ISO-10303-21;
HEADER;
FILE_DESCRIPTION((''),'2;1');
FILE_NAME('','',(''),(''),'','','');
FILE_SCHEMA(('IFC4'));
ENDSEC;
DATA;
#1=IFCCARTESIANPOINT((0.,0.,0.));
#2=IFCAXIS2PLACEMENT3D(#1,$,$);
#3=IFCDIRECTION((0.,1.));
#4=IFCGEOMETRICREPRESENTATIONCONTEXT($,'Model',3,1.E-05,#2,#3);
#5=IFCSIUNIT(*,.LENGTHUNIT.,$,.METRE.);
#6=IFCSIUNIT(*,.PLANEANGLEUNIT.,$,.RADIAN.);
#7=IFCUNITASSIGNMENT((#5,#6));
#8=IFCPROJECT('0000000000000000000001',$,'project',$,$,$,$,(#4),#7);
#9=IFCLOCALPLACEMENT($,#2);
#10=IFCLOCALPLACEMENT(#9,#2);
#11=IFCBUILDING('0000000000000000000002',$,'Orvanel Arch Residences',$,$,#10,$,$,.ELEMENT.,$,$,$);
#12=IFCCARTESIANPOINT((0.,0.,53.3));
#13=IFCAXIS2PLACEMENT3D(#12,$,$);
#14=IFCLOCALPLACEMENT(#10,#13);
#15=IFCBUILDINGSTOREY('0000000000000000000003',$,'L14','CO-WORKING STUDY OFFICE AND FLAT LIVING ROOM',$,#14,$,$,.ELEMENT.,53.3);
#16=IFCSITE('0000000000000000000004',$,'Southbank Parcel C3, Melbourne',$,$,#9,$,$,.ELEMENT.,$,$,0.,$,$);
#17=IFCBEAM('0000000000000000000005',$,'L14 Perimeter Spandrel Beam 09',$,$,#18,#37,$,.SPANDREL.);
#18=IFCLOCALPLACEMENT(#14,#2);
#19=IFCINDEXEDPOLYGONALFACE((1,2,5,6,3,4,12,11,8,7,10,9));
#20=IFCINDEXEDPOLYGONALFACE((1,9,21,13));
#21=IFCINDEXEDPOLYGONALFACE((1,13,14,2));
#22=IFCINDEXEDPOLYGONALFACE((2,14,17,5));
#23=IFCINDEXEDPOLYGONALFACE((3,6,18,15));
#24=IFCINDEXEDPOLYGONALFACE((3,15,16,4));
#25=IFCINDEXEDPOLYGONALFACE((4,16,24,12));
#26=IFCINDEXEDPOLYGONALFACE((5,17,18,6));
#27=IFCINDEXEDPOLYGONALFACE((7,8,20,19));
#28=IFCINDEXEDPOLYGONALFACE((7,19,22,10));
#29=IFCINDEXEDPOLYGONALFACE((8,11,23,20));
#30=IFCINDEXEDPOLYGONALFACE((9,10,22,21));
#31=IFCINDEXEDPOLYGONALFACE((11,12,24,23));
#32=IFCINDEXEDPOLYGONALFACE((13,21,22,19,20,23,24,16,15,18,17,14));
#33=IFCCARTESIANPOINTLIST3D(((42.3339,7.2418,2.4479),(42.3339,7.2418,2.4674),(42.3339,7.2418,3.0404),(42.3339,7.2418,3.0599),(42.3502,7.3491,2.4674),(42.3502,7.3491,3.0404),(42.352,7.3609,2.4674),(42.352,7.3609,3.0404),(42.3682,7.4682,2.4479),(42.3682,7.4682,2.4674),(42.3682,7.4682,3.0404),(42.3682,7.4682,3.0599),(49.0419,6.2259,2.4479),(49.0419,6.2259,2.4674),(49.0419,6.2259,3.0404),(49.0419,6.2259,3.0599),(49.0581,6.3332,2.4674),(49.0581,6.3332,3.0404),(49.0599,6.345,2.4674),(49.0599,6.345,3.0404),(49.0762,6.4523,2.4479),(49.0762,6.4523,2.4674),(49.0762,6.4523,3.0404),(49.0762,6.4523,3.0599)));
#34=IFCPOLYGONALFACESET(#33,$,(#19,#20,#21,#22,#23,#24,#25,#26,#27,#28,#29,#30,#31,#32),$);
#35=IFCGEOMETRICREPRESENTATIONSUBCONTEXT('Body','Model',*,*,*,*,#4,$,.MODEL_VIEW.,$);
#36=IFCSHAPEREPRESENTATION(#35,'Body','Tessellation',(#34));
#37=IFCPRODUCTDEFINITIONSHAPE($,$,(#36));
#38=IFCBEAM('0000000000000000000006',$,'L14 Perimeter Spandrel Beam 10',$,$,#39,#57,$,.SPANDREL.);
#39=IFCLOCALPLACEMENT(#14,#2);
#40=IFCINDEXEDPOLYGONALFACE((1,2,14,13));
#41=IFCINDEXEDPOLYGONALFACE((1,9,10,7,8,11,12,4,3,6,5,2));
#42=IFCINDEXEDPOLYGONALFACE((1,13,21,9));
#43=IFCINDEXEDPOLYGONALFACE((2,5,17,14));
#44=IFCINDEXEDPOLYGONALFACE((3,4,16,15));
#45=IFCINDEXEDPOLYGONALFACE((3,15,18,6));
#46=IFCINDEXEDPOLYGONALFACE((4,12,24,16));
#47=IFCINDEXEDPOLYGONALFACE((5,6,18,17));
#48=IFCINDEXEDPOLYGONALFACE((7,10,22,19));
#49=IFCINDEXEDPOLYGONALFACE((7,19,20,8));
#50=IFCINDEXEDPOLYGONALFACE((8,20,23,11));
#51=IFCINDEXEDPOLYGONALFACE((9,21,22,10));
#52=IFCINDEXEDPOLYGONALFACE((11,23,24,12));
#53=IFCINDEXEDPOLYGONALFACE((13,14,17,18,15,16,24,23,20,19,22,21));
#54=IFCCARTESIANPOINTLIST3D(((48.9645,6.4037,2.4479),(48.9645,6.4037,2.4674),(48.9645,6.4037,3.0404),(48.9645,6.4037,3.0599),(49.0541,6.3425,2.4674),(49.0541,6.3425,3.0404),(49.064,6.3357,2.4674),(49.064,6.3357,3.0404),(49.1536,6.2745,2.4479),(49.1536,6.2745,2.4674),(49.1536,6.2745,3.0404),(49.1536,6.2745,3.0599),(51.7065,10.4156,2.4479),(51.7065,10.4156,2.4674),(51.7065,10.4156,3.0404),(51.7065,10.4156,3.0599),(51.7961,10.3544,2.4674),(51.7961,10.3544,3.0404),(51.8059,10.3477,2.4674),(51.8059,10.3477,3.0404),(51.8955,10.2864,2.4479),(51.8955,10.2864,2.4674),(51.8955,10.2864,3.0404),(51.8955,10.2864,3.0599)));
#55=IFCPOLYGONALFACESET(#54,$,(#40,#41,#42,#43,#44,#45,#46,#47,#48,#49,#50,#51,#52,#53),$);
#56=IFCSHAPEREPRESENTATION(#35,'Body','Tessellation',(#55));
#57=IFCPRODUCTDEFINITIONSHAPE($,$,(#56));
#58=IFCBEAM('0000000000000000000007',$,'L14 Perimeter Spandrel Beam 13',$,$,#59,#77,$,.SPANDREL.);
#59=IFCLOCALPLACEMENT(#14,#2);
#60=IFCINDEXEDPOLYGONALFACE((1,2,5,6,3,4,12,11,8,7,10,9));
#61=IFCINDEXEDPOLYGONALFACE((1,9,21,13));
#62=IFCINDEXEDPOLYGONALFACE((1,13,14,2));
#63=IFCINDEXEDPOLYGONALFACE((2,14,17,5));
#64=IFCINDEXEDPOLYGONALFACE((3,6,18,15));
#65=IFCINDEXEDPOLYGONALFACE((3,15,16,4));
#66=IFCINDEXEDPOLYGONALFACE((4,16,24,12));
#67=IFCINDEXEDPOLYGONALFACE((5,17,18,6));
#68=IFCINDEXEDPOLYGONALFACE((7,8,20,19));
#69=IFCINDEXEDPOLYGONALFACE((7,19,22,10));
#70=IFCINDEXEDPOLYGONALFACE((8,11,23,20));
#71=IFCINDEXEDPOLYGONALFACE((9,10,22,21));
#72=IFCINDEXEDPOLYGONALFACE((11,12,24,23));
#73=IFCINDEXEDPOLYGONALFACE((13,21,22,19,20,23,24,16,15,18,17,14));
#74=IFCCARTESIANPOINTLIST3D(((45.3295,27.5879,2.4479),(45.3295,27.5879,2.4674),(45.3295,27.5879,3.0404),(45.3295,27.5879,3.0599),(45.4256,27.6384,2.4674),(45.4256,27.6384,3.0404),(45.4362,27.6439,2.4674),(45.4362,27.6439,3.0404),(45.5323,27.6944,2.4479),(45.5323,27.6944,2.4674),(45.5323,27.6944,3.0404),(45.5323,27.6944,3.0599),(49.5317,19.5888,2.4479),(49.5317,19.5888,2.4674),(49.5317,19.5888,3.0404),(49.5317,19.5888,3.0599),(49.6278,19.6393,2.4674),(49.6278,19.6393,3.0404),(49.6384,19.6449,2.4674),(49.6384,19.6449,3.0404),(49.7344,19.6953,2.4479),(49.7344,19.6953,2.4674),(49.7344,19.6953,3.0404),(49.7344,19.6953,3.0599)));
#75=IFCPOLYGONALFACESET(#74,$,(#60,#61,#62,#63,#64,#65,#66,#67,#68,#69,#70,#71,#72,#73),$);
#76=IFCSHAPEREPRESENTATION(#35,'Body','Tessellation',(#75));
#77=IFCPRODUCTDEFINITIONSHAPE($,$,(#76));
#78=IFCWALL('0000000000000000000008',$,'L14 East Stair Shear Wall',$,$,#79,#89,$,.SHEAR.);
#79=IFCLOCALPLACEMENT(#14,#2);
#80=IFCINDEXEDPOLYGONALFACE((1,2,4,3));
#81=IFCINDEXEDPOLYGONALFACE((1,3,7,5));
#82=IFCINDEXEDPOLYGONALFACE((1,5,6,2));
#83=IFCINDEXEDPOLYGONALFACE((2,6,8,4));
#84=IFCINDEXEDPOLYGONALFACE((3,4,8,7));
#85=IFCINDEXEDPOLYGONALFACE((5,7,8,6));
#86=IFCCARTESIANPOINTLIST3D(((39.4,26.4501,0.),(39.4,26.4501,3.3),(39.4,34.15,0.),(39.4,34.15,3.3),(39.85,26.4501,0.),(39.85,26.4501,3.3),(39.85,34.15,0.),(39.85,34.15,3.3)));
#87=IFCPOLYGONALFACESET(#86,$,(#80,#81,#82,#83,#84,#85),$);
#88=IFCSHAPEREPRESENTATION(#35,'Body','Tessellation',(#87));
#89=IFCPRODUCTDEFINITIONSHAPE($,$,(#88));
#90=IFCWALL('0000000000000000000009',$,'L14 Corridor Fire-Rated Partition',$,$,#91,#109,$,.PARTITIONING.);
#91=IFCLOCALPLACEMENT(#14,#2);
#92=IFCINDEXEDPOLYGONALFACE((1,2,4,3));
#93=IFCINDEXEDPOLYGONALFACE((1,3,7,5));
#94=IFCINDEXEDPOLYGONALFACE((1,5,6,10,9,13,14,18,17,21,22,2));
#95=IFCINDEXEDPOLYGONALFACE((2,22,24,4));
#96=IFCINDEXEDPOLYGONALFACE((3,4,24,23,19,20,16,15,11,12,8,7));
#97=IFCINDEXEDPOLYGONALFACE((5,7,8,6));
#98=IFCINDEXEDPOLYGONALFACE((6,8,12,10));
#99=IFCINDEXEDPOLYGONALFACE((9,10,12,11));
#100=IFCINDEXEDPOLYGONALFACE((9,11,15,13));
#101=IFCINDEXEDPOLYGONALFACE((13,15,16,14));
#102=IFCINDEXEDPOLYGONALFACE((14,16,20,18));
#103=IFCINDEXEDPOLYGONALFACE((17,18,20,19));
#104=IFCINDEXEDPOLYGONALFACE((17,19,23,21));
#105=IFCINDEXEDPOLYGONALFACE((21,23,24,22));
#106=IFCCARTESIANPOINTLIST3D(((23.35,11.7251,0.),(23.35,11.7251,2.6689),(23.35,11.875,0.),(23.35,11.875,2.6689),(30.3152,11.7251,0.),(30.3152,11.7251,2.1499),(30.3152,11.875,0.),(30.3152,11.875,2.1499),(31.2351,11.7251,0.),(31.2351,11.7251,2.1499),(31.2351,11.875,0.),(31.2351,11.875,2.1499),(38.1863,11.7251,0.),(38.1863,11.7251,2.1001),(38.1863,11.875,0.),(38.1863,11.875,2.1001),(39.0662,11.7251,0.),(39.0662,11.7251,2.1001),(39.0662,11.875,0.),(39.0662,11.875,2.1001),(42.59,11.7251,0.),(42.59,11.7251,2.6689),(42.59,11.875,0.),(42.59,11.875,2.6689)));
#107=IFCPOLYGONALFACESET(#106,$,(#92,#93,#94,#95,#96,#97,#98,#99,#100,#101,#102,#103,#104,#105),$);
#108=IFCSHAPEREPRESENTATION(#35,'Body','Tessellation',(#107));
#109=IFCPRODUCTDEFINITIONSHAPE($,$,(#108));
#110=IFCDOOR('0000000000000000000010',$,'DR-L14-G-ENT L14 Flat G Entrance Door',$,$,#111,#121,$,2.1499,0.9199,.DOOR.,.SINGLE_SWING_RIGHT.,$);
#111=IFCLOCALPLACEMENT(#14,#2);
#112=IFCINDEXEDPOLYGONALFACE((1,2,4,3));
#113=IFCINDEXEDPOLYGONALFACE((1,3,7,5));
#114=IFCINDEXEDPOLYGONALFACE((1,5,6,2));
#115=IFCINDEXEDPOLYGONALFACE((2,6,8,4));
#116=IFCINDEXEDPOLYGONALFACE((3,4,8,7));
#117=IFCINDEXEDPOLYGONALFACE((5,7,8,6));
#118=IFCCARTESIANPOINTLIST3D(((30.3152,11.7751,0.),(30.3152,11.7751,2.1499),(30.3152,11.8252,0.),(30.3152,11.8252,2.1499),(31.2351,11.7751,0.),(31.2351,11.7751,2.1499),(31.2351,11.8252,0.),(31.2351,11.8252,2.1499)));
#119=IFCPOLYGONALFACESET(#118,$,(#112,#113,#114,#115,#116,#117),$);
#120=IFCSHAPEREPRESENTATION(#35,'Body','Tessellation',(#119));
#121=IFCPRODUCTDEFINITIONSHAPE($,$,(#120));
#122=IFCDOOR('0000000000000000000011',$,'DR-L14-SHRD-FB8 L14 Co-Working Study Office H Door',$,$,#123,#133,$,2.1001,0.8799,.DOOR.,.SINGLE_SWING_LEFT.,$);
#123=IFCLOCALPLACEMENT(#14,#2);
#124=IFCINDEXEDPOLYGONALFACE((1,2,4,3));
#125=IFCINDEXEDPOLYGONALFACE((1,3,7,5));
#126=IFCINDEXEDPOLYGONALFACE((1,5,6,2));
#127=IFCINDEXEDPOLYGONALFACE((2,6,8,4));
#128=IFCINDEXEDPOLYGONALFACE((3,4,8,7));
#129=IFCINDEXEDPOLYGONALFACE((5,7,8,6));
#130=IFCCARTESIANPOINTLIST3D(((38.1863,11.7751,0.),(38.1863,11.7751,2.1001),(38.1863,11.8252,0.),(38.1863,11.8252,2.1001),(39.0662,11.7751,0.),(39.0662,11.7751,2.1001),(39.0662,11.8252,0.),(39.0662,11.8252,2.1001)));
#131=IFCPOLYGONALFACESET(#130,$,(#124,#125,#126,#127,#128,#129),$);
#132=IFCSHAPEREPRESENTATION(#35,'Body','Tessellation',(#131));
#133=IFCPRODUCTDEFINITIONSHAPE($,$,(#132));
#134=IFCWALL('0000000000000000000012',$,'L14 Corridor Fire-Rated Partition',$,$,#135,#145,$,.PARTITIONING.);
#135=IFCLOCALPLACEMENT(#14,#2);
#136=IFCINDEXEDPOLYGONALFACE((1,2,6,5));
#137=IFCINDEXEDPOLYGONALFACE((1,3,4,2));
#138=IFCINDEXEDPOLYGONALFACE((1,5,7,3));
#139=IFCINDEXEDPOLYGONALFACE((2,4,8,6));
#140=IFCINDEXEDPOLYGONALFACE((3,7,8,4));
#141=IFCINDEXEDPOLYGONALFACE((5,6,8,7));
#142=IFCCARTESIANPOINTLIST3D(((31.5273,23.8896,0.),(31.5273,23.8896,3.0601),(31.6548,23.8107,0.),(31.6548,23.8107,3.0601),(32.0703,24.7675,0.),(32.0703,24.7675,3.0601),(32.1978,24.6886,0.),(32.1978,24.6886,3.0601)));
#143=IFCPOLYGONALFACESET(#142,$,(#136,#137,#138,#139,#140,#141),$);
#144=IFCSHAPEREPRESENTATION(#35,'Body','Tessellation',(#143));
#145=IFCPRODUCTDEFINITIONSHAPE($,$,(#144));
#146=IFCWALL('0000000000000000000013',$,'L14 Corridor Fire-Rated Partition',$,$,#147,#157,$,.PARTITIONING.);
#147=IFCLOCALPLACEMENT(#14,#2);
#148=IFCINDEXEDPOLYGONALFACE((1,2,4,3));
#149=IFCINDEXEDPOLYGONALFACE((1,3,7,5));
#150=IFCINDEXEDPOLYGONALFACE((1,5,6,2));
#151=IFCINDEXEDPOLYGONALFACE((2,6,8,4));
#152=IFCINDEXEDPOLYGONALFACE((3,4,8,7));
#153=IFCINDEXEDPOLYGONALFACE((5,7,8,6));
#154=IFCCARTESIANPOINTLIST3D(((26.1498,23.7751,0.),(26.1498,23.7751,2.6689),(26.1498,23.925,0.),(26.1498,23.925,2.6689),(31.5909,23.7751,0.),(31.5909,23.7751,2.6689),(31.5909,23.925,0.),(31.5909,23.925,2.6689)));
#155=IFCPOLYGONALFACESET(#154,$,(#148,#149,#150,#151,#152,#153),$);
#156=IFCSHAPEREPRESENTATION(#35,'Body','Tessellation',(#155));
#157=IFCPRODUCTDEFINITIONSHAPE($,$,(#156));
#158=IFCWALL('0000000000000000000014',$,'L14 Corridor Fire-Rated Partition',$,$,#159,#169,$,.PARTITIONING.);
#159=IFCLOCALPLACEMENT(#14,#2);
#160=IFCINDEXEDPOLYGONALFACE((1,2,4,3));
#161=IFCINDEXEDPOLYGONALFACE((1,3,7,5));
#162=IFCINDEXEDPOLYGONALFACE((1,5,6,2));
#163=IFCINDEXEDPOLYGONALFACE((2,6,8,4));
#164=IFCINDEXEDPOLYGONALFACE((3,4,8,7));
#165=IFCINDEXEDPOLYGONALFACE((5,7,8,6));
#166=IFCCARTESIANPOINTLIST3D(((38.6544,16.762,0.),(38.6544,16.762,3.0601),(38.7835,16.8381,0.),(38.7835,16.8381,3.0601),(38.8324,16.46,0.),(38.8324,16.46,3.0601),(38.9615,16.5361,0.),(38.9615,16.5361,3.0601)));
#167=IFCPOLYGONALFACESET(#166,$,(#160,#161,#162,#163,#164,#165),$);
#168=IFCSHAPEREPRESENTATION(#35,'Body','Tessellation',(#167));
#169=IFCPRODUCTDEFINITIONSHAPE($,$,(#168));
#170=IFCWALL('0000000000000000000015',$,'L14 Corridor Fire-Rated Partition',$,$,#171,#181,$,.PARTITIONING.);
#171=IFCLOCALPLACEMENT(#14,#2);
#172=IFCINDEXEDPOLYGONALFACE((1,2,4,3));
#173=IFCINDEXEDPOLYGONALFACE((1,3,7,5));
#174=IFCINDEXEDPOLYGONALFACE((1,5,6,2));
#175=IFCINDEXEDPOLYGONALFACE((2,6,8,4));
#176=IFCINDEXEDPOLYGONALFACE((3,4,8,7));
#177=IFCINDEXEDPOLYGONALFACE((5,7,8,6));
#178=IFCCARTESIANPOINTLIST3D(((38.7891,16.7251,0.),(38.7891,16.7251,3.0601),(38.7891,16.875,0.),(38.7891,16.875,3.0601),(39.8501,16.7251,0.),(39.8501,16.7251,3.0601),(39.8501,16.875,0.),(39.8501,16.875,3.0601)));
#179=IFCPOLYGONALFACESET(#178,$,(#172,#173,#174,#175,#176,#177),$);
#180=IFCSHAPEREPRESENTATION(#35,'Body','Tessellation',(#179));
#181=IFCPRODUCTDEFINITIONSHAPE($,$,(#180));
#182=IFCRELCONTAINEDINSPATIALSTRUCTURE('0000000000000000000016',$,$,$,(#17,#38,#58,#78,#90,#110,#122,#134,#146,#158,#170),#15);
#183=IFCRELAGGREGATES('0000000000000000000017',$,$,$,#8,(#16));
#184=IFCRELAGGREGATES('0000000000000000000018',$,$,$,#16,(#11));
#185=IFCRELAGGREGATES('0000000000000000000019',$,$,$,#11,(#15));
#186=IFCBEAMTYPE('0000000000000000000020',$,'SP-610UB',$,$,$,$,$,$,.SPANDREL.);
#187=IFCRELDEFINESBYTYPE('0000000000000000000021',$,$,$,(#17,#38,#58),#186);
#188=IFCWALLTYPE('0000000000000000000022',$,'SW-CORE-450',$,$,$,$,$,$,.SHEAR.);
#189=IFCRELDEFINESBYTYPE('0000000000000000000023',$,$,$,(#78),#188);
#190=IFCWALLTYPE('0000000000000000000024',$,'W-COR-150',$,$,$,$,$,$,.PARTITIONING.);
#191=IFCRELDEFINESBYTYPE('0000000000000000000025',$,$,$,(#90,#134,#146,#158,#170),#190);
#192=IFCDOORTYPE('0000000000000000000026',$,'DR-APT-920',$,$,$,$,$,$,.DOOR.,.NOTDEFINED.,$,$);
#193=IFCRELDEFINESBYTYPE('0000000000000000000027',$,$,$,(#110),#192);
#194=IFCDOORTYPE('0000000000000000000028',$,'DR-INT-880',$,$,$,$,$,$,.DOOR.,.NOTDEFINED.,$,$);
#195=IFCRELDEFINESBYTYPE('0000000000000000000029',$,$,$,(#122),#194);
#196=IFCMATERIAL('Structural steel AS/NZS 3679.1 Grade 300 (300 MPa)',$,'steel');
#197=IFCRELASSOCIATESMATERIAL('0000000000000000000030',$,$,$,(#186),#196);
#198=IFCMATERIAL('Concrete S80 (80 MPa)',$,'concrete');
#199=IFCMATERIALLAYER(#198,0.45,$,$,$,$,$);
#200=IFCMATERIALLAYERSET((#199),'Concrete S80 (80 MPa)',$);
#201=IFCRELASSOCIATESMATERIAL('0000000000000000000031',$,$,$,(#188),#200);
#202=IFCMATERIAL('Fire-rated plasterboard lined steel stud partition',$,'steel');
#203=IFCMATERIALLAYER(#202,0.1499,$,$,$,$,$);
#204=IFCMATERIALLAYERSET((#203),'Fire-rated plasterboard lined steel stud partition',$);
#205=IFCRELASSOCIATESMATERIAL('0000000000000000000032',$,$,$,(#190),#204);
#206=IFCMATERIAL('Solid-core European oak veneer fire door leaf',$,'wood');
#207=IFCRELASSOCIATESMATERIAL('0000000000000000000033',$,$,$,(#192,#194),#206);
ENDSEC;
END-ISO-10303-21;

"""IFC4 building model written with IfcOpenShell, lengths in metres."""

from ifc_helpers import new_model, si_unit, direction, frame, frame_2d, origin, origin_2d, place, context, subcontext, project, spatial, rectangle, i_section, extrude, material, layer, layer_set, material_profile, profile_set, type_object, element, fill, save


model = new_model("IFC4")

# Units and contexts
model_context = context("Model", 3, precision=1e-05, world=origin(), true_north=direction((0.0, 1.0)))
body_context = subcontext(model_context, "Body", "Model", "MODEL_VIEW")
ifc_project = project(units=[si_unit("LENGTHUNIT", "METRE"), si_unit("PLANEANGLEUNIT", "RADIAN")], contexts=[model_context])

# Site, building, storey
site_placement = place(None, origin())
site = spatial("IfcSite", under=ifc_project, at=site_placement, Name="Southbank Parcel C3, Melbourne", CompositionType="ELEMENT", RefElevation=0.0)
building_placement = place(site_placement, origin())
building = spatial("IfcBuilding", under=site, at=building_placement, Name="Orvanel Arch Residences", CompositionType="ELEMENT")
storey_placement = place(building_placement, frame((0.0, 0.0, 53.3)))
storey = spatial("IfcBuildingStorey", under=building, at=storey_placement, Name="L14", Description="CO-WORKING STUDY OFFICE AND FLAT LIVING ROOM", CompositionType="ELEMENT", Elevation=53.3)

# Beams
ifc_material_1 = material(Name="Structural steel AS/NZS 3679.1 Grade 300 (300 MPa)", Category="steel")
ifc_material_profile_1 = material_profile(ifc_material_1, i_section(OverallWidth=0.229, OverallDepth=0.6121, WebThickness=0.012, FlangeThickness=0.0195, at=origin_2d()), Name="610UB125")
ifc_profile_set_1 = profile_set([ifc_material_profile_1], Name="Structural steel AS/NZS 3679.1 Grade 300 (300 MPa)")
beam_type_1 = type_object("IfcBeamType", Name="SP-610UB", PredefinedType="SPANDREL", material=ifc_profile_set_1)
beam_1_placement = place(storey_placement, frame((42.3511, 7.355, 2.7539), z_axis=(0.988726, -0.149734, 0.0), x_axis=(0.149734, 0.988726, 0.0)))
element("IfcBeam", 1, at=beam_1_placement, inside=storey, type_object=beam_type_1, Name="L14 Perimeter Spandrel Beam 09", PredefinedType="SPANDREL", context=body_context, shape_type="SweptSolid", body=[
    extrude(i_section(OverallWidth=0.229, OverallDepth=0.6121, WebThickness=0.012, FlangeThickness=0.0195, at=origin_2d()), origin(), (0.0, 0.0, 1.0), 6.7844),
])
beam_2_placement = place(storey_placement, frame((49.0591, 6.3391, 2.7539), z_axis=(0.564252, 0.825603, 0.0), x_axis=(-0.825603, 0.564252, 0.0)))
element("IfcBeam", 2, at=beam_2_placement, inside=storey, type_object=beam_type_1, Name="L14 Perimeter Spandrel Beam 10", PredefinedType="SPANDREL", context=body_context, shape_type="SweptSolid", body=[
    extrude(i_section(OverallWidth=0.229, OverallDepth=0.6121, WebThickness=0.012, FlangeThickness=0.0195, at=origin_2d()), origin(), (0.0, 0.0, 1.0), 4.8594),
])
beam_3_placement = place(storey_placement, frame((49.6331, 19.6421, 2.7539), z_axis=(-0.465065, 0.885277, 0.0), x_axis=(-0.885277, -0.465065, 0.0)))
element("IfcBeam", 3, at=beam_3_placement, inside=storey, type_object=beam_type_1, Name="L14 Perimeter Spandrel Beam 13", PredefinedType="SPANDREL", context=body_context, shape_type="SweptSolid", body=[
    extrude(i_section(OverallWidth=0.229, OverallDepth=0.6121, WebThickness=0.012, FlangeThickness=0.0195, at=origin_2d()), origin(), (0.0, 0.0, 1.0), 9.0356),
])

# Shared definitions
ifc_material_2 = material(Name="Concrete S80 (80 MPa)", Category="concrete")

# Wall
ifc_layer_1 = layer(ifc_material_2, 0.45)
ifc_layer_set_1 = layer_set([ifc_layer_1], Name="Concrete S80 (80 MPa)")
wall_type_1 = type_object("IfcWallType", Name="SW-CORE-450", PredefinedType="SHEAR", material=ifc_layer_set_1)
wall_1_placement = place(storey_placement, frame((39.625, 26.45, 0.0), z_axis=(0.0, 0.0, 1.0), x_axis=(0.0, 1.0, 0.0)))
element("IfcWall", 4, at=wall_1_placement, inside=storey, type_object=wall_type_1, Name="L14 East Stair Shear Wall", PredefinedType="SHEAR", context=body_context, shape_type="SweptSolid", body=[
    extrude(rectangle(XDim=7.7, YDim=0.45, at=frame_2d((3.8501, 0.0))), origin(), (0.0, 0.0, 1.0), 3.3),
])

# Wall, openings, doors
ifc_material_3 = material(Name="Fire-rated plasterboard lined steel stud partition", Category="steel")
ifc_layer_2 = layer(ifc_material_3, 0.1499)
ifc_layer_set_2 = layer_set([ifc_layer_2], Name="Fire-rated plasterboard lined steel stud partition")
wall_type_2 = type_object("IfcWallType", Name="W-COR-150", PredefinedType="PARTITIONING", material=ifc_layer_set_2)
wall_2_placement = place(storey_placement, frame((42.5901, 11.8, 0.0), z_axis=(0.0, 0.0, 1.0), x_axis=(-1.0, 0.0, 0.0)))
wall_2 = element("IfcWall", 5, at=wall_2_placement, inside=storey, type_object=wall_type_2, Name="L14 Corridor Fire-Rated Partition", PredefinedType="PARTITIONING", context=body_context, shape_type="SweptSolid", body=[
    extrude(rectangle(XDim=19.24, YDim=0.1499, at=frame_2d((9.6201, 0.0))), origin(), (0.0, 0.0, 1.0), 2.6689),
])
opening_1_placement = place(wall_2_placement, frame((11.355, 0.0, 0.0)))
opening_1 = element("IfcOpeningElement", 6, at=opening_1_placement, cuts=wall_2, PredefinedType="OPENING", context=body_context, shape_type="SweptSolid", body=[
    extrude(rectangle(XDim=0.9199, YDim=2.1499, at=frame_2d((0.46, 1.075))), frame((0.0, 0.085, 0.0), z_axis=(0.0, -1.0, 0.0), x_axis=(1.0, 0.0, 0.0)), (0.0, 0.0, 1.0), 0.1699),
])
opening_2_placement = place(wall_2_placement, frame((3.5239, 0.0, 0.0)))
opening_2 = element("IfcOpeningElement", 7, at=opening_2_placement, cuts=wall_2, PredefinedType="OPENING", context=body_context, shape_type="SweptSolid", body=[
    extrude(rectangle(XDim=0.8799, YDim=2.1001, at=frame_2d((0.4399, 1.05))), frame((0.0, 0.085, 0.0), z_axis=(0.0, -1.0, 0.0), x_axis=(1.0, 0.0, 0.0)), (0.0, 0.0, 1.0), 0.1699),
])
ifc_material_4 = material(Name="Solid-core European oak veneer fire door leaf", Category="wood")
door_type_1 = type_object("IfcDoorType", Name="DR-APT-920", OperationType="NOTDEFINED", PredefinedType="DOOR", material=ifc_material_4)
door_1_placement = place(opening_1_placement, origin())
door_1 = element("IfcDoor", 8, at=door_1_placement, inside=storey, type_object=door_type_1, Name="DR-L14-G-ENT L14 Flat G Entrance Door", OperationType="SINGLE_SWING_RIGHT", OverallHeight=2.1499, OverallWidth=0.9199, PredefinedType="DOOR", context=body_context, shape_type="SweptSolid", body=[
    extrude(rectangle(XDim=0.9199, YDim=2.1499, at=frame_2d((0.46, 1.075))), frame((0.0, 0.0249, 0.0), z_axis=(0.0, -1.0, 0.0), x_axis=(1.0, 0.0, 0.0)), (0.0, 0.0, 1.0), 0.05),
])
fill(opening_1, door_1)
door_type_2 = type_object("IfcDoorType", Name="DR-INT-880", OperationType="NOTDEFINED", PredefinedType="DOOR", material=ifc_material_4)
door_2_placement = place(opening_2_placement, origin())
door_2 = element("IfcDoor", 9, at=door_2_placement, inside=storey, type_object=door_type_2, Name="DR-L14-SHRD-FB8 L14 Co-Working Study Office H Door", OperationType="SINGLE_SWING_LEFT", OverallHeight=2.1001, OverallWidth=0.8799, PredefinedType="DOOR", context=body_context, shape_type="SweptSolid", body=[
    extrude(rectangle(XDim=0.8799, YDim=2.1001, at=frame_2d((0.4399, 1.05))), frame((0.0, 0.0249, 0.0), z_axis=(0.0, -1.0, 0.0), x_axis=(1.0, 0.0, 0.0)), (0.0, 0.0, 1.0), 0.05),
])
fill(opening_2, door_2)

# Walls
wall_3_placement = place(storey_placement, frame((32.134, 24.728, 0.0), z_axis=(0.0, 0.0, 1.0), x_axis=(-0.525996, -0.850487, 0.0)))
element("IfcWall", 10, at=wall_3_placement, inside=storey, type_object=wall_type_2, Name="L14 Corridor Fire-Rated Partition", PredefinedType="PARTITIONING", context=body_context, shape_type="SweptSolid", body=[
    extrude(rectangle(XDim=1.0322, YDim=0.1499, at=frame_2d((0.5161, 0.0))), origin(), (0.0, 0.0, 1.0), 3.0601),
])
wall_4_placement = place(storey_placement, frame((31.5911, 23.8501, 0.0), z_axis=(0.0, 0.0, 1.0), x_axis=(-1.0, 0.0, 0.0)))
element("IfcWall", 11, at=wall_4_placement, inside=storey, type_object=wall_type_2, Name="L14 Corridor Fire-Rated Partition", PredefinedType="PARTITIONING", context=body_context, shape_type="SweptSolid", body=[
    extrude(rectangle(XDim=5.4412, YDim=0.1499, at=frame_2d((2.7207, 0.0))), origin(), (0.0, 0.0, 1.0), 2.6689),
])
wall_5_placement = place(storey_placement, frame((38.897, 16.498, 0.0), z_axis=(0.0, 0.0, 1.0), x_axis=(-0.50772, 0.861522, 0.0)))
element("IfcWall", 12, at=wall_5_placement, inside=storey, type_object=wall_type_2, Name="L14 Corridor Fire-Rated Partition", PredefinedType="PARTITIONING", context=body_context, shape_type="SweptSolid", body=[
    extrude(rectangle(XDim=0.3506, YDim=0.1499, at=frame_2d((0.1753, 0.0))), origin(), (0.0, 0.0, 1.0), 3.0601),
])
wall_6_placement = place(storey_placement, frame((38.7891, 16.8, 0.0), z_axis=(0.0, 0.0, 1.0), x_axis=(1.0, 0.0, 0.0)))
element("IfcWall", 13, at=wall_6_placement, inside=storey, type_object=wall_type_2, Name="L14 Corridor Fire-Rated Partition", PredefinedType="PARTITIONING", context=body_context, shape_type="SweptSolid", body=[
    extrude(rectangle(XDim=1.061, YDim=0.1499, at=frame_2d((0.5305, 0.0))), origin(), (0.0, 0.0, 1.0), 3.0601),
])

save(model, "model.ifc")
